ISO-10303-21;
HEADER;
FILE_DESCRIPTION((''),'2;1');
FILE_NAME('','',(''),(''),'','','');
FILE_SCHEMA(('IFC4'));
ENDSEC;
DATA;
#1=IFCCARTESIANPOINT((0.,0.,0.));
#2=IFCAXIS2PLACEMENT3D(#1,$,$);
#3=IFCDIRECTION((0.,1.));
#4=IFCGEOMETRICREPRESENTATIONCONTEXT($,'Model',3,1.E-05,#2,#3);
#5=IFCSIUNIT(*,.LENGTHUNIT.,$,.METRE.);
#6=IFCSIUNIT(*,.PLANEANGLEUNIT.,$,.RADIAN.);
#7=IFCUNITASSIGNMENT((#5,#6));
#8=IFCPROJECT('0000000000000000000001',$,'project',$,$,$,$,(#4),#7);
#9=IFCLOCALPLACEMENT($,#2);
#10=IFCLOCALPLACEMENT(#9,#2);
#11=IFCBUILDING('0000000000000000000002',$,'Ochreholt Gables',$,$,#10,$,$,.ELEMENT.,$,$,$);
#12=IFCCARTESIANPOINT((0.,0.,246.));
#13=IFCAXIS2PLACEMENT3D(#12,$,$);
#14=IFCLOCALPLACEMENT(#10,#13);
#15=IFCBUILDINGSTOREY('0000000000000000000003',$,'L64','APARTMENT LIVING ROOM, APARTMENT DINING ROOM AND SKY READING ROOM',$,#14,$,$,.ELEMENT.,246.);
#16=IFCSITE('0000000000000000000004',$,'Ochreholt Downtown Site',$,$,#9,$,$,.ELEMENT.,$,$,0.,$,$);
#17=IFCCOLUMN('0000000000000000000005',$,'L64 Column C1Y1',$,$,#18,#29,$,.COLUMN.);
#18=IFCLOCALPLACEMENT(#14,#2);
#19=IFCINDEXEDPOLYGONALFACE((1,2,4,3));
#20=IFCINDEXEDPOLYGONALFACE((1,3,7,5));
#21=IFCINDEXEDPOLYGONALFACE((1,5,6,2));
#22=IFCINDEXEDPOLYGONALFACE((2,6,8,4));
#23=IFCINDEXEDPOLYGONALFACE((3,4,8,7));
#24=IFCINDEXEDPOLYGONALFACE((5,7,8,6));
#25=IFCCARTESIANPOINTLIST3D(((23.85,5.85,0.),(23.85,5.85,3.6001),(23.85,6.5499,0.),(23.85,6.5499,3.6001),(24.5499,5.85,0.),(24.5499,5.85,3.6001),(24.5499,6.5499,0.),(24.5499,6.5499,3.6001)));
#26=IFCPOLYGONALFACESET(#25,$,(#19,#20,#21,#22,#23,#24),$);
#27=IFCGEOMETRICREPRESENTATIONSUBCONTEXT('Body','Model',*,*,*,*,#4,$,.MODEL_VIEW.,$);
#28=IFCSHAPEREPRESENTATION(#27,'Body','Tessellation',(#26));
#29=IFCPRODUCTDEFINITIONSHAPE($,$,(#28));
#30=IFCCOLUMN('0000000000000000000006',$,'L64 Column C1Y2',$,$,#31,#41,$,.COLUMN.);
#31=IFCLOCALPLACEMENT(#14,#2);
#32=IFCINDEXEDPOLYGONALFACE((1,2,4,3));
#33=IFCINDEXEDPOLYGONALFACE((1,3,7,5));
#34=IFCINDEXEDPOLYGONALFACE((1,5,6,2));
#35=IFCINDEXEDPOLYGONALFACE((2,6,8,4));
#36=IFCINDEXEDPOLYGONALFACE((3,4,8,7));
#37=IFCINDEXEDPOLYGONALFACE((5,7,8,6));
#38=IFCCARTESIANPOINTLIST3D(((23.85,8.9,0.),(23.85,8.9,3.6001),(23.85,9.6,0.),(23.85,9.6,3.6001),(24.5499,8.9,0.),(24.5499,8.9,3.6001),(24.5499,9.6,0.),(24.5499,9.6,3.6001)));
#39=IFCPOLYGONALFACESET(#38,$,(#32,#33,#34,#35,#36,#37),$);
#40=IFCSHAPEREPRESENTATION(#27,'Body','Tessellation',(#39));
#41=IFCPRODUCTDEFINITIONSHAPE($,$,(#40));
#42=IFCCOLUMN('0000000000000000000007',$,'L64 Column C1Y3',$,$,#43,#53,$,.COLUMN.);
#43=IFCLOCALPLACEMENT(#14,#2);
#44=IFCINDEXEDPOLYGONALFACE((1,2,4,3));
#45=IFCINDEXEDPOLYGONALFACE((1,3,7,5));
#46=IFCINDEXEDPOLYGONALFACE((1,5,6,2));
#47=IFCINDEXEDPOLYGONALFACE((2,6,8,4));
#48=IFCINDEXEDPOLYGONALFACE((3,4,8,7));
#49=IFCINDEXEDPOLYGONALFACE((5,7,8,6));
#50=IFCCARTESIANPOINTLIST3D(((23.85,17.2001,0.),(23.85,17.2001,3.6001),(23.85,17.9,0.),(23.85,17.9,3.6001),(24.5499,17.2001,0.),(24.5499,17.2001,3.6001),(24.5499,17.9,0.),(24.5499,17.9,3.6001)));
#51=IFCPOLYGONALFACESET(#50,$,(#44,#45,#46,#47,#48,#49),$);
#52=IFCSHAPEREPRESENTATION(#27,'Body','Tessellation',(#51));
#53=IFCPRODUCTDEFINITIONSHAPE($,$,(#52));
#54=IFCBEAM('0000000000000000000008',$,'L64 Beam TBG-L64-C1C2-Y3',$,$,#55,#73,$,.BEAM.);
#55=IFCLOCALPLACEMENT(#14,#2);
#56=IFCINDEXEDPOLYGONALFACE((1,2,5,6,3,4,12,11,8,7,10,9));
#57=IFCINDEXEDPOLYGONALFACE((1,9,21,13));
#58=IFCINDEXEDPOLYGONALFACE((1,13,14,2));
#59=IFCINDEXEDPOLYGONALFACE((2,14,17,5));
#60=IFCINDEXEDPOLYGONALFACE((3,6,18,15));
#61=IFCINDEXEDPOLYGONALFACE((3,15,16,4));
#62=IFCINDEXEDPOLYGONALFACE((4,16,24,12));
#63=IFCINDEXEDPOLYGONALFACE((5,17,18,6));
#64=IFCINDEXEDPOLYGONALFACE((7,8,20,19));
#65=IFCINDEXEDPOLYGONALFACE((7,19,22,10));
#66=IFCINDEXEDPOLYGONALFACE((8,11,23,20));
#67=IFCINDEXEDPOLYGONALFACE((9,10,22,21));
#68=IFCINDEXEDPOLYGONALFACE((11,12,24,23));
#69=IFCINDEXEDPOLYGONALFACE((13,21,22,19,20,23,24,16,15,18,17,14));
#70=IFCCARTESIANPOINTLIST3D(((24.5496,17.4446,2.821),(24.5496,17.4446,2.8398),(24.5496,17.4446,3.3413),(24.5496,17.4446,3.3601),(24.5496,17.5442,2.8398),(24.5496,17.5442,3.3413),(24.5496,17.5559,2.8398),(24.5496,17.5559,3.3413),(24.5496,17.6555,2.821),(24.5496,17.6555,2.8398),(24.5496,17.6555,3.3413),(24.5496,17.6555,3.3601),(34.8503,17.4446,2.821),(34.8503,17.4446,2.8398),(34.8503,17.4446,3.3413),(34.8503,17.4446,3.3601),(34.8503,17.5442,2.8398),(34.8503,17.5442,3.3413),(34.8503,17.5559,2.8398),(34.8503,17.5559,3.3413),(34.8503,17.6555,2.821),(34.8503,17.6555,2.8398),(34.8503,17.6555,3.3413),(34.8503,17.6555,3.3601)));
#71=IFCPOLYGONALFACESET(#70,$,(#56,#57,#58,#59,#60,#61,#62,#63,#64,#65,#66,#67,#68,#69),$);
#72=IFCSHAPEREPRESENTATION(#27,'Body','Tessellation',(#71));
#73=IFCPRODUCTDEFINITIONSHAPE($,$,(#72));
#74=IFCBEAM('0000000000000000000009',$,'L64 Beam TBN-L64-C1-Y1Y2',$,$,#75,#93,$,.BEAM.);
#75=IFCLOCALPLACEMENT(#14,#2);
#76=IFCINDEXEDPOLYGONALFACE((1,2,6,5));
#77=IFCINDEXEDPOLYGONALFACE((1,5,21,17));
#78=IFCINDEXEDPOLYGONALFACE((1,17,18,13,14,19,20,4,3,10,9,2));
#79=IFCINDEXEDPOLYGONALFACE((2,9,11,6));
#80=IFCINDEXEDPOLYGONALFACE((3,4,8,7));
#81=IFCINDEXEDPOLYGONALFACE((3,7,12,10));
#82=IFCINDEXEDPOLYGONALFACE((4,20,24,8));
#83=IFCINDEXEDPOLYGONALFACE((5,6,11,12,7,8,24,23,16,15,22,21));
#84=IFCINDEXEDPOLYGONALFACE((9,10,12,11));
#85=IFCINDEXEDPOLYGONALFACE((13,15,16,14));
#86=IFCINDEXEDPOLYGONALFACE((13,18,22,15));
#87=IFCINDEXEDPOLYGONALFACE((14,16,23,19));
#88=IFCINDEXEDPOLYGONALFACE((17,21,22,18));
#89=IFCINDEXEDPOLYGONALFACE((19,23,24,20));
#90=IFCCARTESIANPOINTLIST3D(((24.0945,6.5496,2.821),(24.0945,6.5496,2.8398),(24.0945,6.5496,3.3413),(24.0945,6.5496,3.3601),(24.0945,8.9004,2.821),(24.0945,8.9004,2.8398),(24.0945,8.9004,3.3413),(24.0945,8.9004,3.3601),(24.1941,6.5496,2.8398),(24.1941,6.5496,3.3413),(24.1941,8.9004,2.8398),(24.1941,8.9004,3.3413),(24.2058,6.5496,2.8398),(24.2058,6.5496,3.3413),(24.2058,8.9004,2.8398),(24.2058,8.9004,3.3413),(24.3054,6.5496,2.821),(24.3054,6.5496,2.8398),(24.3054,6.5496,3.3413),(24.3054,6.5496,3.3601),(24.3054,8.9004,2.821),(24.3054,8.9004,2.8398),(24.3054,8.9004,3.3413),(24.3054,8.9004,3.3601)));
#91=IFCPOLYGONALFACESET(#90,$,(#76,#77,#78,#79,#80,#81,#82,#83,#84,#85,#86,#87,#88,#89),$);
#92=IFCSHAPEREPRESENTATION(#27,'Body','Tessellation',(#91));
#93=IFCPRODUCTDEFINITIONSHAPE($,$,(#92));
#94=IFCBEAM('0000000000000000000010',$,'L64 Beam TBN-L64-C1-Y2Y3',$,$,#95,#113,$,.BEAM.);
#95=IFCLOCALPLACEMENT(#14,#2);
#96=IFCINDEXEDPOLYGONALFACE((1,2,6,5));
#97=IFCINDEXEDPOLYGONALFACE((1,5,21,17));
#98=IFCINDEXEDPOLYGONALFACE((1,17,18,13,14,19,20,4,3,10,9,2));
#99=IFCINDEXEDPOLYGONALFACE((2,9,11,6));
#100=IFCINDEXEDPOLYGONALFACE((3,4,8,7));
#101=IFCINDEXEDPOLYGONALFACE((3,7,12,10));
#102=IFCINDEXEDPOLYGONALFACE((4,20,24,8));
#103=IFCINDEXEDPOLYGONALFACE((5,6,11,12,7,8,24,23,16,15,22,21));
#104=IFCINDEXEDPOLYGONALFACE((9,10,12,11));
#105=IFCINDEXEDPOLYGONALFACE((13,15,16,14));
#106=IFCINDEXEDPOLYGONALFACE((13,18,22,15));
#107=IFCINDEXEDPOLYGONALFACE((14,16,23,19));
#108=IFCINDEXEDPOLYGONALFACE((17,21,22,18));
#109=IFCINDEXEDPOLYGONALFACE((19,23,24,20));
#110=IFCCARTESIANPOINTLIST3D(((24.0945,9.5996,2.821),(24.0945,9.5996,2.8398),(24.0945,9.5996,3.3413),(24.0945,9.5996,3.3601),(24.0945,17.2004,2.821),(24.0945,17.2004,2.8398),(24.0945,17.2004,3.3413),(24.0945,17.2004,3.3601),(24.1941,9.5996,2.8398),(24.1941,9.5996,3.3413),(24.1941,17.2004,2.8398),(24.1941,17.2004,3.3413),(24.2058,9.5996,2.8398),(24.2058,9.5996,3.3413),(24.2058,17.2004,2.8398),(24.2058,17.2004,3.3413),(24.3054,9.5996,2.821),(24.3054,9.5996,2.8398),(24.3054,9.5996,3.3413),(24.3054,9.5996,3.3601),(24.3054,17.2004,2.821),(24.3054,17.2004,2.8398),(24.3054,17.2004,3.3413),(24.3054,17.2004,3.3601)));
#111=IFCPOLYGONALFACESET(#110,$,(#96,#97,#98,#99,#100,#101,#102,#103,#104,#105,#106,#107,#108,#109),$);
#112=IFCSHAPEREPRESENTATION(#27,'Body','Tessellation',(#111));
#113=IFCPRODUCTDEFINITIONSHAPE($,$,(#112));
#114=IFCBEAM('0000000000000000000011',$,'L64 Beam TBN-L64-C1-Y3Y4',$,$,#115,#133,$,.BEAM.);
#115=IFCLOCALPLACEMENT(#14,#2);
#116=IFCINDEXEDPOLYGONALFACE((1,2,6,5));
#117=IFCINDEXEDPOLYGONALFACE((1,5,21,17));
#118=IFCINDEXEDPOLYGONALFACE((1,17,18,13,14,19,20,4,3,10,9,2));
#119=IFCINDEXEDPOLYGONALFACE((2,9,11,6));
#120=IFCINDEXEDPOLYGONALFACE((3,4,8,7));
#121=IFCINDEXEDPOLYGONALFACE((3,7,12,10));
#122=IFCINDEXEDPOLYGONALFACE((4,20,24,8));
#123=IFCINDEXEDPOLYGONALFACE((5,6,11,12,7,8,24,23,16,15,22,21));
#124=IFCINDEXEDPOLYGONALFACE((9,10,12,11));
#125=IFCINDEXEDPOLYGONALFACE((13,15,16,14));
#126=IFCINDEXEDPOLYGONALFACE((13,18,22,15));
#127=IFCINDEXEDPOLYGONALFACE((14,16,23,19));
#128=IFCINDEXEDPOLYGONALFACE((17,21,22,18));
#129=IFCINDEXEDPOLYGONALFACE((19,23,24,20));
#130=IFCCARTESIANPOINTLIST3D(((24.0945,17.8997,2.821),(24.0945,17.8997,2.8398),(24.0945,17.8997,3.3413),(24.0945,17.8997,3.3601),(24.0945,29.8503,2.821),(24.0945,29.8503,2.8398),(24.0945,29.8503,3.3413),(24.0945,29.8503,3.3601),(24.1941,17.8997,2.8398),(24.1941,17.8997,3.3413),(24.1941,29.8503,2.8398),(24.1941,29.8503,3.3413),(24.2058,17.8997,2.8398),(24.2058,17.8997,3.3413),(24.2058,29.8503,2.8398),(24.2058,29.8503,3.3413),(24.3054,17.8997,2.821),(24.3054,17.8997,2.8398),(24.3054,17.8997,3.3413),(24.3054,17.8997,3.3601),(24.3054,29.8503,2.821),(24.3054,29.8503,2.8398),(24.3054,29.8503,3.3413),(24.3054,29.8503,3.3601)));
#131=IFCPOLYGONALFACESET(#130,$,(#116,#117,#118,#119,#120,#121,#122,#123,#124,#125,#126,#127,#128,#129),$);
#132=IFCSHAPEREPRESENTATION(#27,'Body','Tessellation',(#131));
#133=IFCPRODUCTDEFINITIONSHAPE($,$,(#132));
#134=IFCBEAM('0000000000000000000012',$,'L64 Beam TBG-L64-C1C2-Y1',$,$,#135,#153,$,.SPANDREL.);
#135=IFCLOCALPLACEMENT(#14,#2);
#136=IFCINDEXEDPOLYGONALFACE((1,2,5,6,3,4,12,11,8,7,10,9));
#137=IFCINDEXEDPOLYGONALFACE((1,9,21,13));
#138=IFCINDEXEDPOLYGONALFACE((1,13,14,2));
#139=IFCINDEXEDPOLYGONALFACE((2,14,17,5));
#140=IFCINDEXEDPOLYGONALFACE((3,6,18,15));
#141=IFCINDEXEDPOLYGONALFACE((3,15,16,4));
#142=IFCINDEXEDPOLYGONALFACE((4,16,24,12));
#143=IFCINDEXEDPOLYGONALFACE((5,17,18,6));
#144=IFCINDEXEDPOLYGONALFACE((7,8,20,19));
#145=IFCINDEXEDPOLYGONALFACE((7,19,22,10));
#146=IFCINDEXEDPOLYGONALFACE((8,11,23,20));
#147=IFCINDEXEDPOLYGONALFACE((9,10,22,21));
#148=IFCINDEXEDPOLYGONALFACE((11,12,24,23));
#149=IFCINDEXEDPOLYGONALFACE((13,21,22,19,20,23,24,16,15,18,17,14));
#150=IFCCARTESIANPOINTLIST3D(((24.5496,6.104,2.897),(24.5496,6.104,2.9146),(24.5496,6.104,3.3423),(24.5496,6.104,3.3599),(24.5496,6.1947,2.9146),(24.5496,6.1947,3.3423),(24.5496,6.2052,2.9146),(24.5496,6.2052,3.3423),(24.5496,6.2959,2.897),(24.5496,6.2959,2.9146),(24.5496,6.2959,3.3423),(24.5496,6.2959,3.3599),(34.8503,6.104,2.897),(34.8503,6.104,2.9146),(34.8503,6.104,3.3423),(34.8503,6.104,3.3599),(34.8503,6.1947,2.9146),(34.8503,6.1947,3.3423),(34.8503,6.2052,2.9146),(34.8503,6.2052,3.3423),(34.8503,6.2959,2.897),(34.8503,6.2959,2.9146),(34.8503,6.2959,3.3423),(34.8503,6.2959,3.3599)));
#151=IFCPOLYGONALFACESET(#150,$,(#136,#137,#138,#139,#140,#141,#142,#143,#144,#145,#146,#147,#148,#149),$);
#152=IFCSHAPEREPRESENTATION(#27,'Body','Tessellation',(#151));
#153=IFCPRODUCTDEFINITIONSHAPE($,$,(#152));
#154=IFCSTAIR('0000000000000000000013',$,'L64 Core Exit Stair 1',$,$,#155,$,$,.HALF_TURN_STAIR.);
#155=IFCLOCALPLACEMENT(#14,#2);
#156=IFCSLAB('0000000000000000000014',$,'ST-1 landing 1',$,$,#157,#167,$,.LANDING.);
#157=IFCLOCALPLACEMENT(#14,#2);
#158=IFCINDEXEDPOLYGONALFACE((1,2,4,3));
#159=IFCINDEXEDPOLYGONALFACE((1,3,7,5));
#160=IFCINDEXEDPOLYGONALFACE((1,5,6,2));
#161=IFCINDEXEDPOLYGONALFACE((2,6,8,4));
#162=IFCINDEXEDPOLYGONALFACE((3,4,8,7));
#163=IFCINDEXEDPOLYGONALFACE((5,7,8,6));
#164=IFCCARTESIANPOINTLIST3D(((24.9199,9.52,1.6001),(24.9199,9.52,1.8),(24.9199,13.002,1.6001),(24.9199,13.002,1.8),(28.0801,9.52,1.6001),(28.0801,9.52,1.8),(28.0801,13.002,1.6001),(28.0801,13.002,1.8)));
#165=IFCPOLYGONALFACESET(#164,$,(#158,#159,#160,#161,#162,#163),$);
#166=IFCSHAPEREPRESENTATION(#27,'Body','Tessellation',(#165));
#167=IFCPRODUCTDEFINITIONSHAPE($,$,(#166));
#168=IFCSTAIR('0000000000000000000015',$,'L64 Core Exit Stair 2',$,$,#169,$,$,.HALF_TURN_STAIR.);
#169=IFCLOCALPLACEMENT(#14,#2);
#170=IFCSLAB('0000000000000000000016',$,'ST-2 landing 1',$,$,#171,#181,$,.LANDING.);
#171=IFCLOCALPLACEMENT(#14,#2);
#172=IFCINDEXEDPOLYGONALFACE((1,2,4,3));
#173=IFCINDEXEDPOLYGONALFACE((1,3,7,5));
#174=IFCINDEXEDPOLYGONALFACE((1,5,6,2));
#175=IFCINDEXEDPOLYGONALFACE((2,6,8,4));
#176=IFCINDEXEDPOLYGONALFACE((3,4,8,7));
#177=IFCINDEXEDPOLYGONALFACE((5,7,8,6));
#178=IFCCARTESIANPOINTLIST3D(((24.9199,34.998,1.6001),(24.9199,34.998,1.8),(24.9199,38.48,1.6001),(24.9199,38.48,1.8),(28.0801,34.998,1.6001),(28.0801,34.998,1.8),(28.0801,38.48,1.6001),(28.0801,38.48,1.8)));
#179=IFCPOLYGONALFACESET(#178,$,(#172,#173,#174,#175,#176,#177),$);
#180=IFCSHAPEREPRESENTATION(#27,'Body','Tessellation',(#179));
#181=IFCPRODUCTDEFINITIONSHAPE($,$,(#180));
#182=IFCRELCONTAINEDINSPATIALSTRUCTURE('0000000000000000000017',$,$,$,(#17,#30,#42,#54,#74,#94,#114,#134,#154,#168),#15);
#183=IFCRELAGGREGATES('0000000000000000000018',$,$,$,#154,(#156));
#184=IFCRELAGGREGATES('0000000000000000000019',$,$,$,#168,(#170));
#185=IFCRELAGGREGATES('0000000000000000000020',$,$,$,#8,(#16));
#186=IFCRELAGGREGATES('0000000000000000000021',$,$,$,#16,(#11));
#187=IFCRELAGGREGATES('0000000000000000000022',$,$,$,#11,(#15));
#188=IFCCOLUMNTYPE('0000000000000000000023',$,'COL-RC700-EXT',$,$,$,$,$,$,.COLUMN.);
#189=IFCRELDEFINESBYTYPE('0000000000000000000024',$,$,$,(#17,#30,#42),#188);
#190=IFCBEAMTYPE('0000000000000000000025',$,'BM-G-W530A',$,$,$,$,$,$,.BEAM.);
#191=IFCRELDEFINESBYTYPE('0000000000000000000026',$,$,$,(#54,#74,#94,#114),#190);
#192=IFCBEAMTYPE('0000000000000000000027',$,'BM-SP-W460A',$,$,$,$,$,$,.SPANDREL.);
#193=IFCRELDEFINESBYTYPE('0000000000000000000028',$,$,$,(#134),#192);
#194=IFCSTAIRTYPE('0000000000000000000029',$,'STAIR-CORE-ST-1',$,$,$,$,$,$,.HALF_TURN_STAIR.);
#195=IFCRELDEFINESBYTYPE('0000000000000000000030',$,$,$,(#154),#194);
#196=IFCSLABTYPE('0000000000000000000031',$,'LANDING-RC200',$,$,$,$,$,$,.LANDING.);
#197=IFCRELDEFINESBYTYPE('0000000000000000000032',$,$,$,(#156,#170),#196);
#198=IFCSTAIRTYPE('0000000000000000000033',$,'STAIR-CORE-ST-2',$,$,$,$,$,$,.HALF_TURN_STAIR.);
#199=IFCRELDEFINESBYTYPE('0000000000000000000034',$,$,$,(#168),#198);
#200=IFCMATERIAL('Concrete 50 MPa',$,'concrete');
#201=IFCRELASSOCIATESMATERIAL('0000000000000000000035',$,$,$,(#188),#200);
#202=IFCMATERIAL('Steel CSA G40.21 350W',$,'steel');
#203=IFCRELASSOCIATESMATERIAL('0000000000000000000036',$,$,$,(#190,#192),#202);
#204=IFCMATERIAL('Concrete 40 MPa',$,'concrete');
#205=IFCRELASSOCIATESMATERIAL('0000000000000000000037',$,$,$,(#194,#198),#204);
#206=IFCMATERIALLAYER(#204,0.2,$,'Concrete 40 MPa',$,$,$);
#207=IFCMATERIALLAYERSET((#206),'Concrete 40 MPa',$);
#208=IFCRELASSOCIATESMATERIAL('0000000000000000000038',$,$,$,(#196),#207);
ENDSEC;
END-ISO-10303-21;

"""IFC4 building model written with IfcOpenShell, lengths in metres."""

from ifc_helpers import new_model, si_unit, direction, frame, origin, origin_2d, place, context, subcontext, project, spatial, polyline, rectangle, i_section, outline, extrude, material, layer, layer_set, material_profile, profile_set, type_object, element, aggregate, save


model = new_model("IFC4")

# Units and contexts
model_context = context("Model", 3, precision=1e-05, world=origin(), true_north=direction((0.0, 1.0)))
body_context = subcontext(model_context, "Body", "Model", "MODEL_VIEW")
ifc_project = project(units=[si_unit("LENGTHUNIT", "METRE"), si_unit("PLANEANGLEUNIT", "RADIAN")], contexts=[model_context])

# Site, building, storey
site_placement = place(None, origin())
site = spatial("IfcSite", under=ifc_project, at=site_placement, Name="Ochreholt Downtown Site", CompositionType="ELEMENT", RefElevation=0.0)
building_placement = place(site_placement, origin())
building = spatial("IfcBuilding", under=site, at=building_placement, Name="Ochreholt Gables", CompositionType="ELEMENT")
storey_placement = place(building_placement, frame((0.0, 0.0, 246.0)))
storey = spatial("IfcBuildingStorey", under=building, at=storey_placement, Name="L64", Description="APARTMENT LIVING ROOM, APARTMENT DINING ROOM AND SKY READING ROOM", CompositionType="ELEMENT", Elevation=246.0)

# Columns
ifc_material_1 = material(Name="Concrete 50 MPa", Category="concrete")
ifc_material_profile_1 = material_profile(ifc_material_1, rectangle(XDim=0.7, YDim=0.7, at=origin_2d()), Name="RC700X700")
ifc_profile_set_1 = profile_set([ifc_material_profile_1], Name="Concrete 50 MPa")
column_type = type_object("IfcColumnType", Name="COL-RC700-EXT", PredefinedType="COLUMN", material=ifc_profile_set_1)
for number, where, z_axis, x_axis, name in (
    (1, (24.2, 6.2, 0.0), (0.0, 0.0, 1.0), (1.0, 0.0, 0.0), "L64 Column C1Y1"),
    (2, (24.2, 9.25, 0.0), (0.0, 0.0, 1.0), (1.0, 0.0, 0.0), "L64 Column C1Y2"),
    (3, (24.2, 17.55, 0.0), (0.0, 0.0, 1.0), (1.0, 0.0, 0.0), "L64 Column C1Y3"),
):
    element("IfcColumn", number, at=place(storey_placement, frame(where, z_axis=z_axis, x_axis=x_axis)), inside=storey, type_object=column_type, Name=name, PredefinedType="COLUMN", context=body_context, shape_type="SweptSolid", body=[
        extrude(rectangle(XDim=0.7, YDim=0.7, at=origin_2d()), origin(), (0.0, 0.0, 1.0), 3.6001),
    ])

# Beams
ifc_material_2 = material(Name="Steel CSA G40.21 350W", Category="steel")
ifc_material_profile_2 = material_profile(ifc_material_2, i_section(OverallWidth=0.2109, OverallDepth=0.5391, WebThickness=0.0117, FlangeThickness=0.0188, at=origin_2d()), Name="W530X109")
ifc_profile_set_2 = profile_set([ifc_material_profile_2], Name="Steel CSA G40.21 350W")
beam_type_1 = type_object("IfcBeamType", Name="BM-G-W530A", PredefinedType="BEAM", material=ifc_profile_set_2)
beam_1_placement = place(storey_placement, frame((24.5496, 17.55, 3.0906), z_axis=(1.0, 0.0, 0.0), x_axis=(0.0, 1.0, 0.0)))
element("IfcBeam", 4, at=beam_1_placement, inside=storey, type_object=beam_type_1, Name="L64 Beam TBG-L64-C1C2-Y3", PredefinedType="BEAM", context=body_context, shape_type="SweptSolid", body=[
    extrude(i_section(OverallWidth=0.2109, OverallDepth=0.5391, WebThickness=0.0117, FlangeThickness=0.0188, at=origin_2d()), origin(), (0.0, 0.0, 1.0), 10.3008),
])
beam_2_placement = place(storey_placement, frame((24.2, 6.5496, 3.0906), z_axis=(0.0, 1.0, 0.0), x_axis=(-1.0, 0.0, 0.0)))
element("IfcBeam", 5, at=beam_2_placement, inside=storey, type_object=beam_type_1, Name="L64 Beam TBN-L64-C1-Y1Y2", PredefinedType="BEAM", context=body_context, shape_type="SweptSolid", body=[
    extrude(i_section(OverallWidth=0.2109, OverallDepth=0.5391, WebThickness=0.0117, FlangeThickness=0.0188, at=origin_2d()), origin(), (0.0, 0.0, 1.0), 2.3508),
])
beam_3_placement = place(storey_placement, frame((24.2, 9.5996, 3.0906), z_axis=(0.0, 1.0, 0.0), x_axis=(-1.0, 0.0, 0.0)))
element("IfcBeam", 6, at=beam_3_placement, inside=storey, type_object=beam_type_1, Name="L64 Beam TBN-L64-C1-Y2Y3", PredefinedType="BEAM", context=body_context, shape_type="SweptSolid", body=[
    extrude(i_section(OverallWidth=0.2109, OverallDepth=0.5391, WebThickness=0.0117, FlangeThickness=0.0188, at=origin_2d()), origin(), (0.0, 0.0, 1.0), 7.6008),
])
beam_4_placement = place(storey_placement, frame((24.2, 17.8997, 3.0906), z_axis=(0.0, 1.0, 0.0), x_axis=(-1.0, 0.0, 0.0)))
element("IfcBeam", 7, at=beam_4_placement, inside=storey, type_object=beam_type_1, Name="L64 Beam TBN-L64-C1-Y3Y4", PredefinedType="BEAM", context=body_context, shape_type="SweptSolid", body=[
    extrude(i_section(OverallWidth=0.2109, OverallDepth=0.5391, WebThickness=0.0117, FlangeThickness=0.0188, at=origin_2d()), origin(), (0.0, 0.0, 1.0), 11.9507),
])
ifc_material_profile_3 = material_profile(ifc_material_2, i_section(OverallWidth=0.1919, OverallDepth=0.4629, WebThickness=0.0105, FlangeThickness=0.0176, at=origin_2d()), Name="W460X89")
ifc_profile_set_3 = profile_set([ifc_material_profile_3], Name="Steel CSA G40.21 350W")
beam_type_2 = type_object("IfcBeamType", Name="BM-SP-W460A", PredefinedType="SPANDREL", material=ifc_profile_set_3)
beam_5_placement = place(storey_placement, frame((24.5496, 6.2, 3.1284), z_axis=(1.0, 0.0, 0.0), x_axis=(0.0, 1.0, 0.0)))
element("IfcBeam", 8, at=beam_5_placement, inside=storey, type_object=beam_type_2, Name="L64 Beam TBG-L64-C1C2-Y1", PredefinedType="SPANDREL", context=body_context, shape_type="SweptSolid", body=[
    extrude(i_section(OverallWidth=0.1919, OverallDepth=0.4629, WebThickness=0.0105, FlangeThickness=0.0176, at=origin_2d()), origin(), (0.0, 0.0, 1.0), 10.3008),
])

# Stairs, slabs
ifc_material_3 = material(Name="Concrete 40 MPa", Category="concrete")
stair_type_1 = type_object("IfcStairType", Name="STAIR-CORE-ST-1", PredefinedType="HALF_TURN_STAIR", material=ifc_material_3)
stair_1_placement = place(storey_placement, origin())
stair_1 = element("IfcStair", 9, at=stair_1_placement, inside=storey, type_object=stair_type_1, Name="L64 Core Exit Stair 1", PredefinedType="HALF_TURN_STAIR")
ifc_layer_1 = layer(ifc_material_3, 0.2, Name="Concrete 40 MPa")
ifc_layer_set_1 = layer_set([ifc_layer_1], Name="Concrete 40 MPa")
slab_type_1 = type_object("IfcSlabType", Name="LANDING-RC200", PredefinedType="LANDING", material=ifc_layer_set_1)
slab_1_placement = place(storey_placement, frame((0.0, 0.0, 1.6001)))
slab_1 = element("IfcSlab", 10, at=slab_1_placement, type_object=slab_type_1, Name="ST-1 landing 1", PredefinedType="LANDING", context=body_context, shape_type="SweptSolid", body=[
    extrude(outline(polyline([(24.9199, 13.002), (24.9199, 9.52), (28.0801, 9.52), (28.0801, 13.002), (24.9199, 13.002)])), origin(), (0.0, 0.0, 1.0), 0.2),
])
aggregate(stair_1, [slab_1])
stair_type_2 = type_object("IfcStairType", Name="STAIR-CORE-ST-2", PredefinedType="HALF_TURN_STAIR", material=ifc_material_3)
stair_2_placement = place(storey_placement, origin())
stair_2 = element("IfcStair", 11, at=stair_2_placement, inside=storey, type_object=stair_type_2, Name="L64 Core Exit Stair 2", PredefinedType="HALF_TURN_STAIR")
slab_2_placement = place(storey_placement, frame((0.0, 0.0, 1.6001)))
slab_2 = element("IfcSlab", 12, at=slab_2_placement, type_object=slab_type_1, Name="ST-2 landing 1", PredefinedType="LANDING", context=body_context, shape_type="SweptSolid", body=[
    extrude(outline(polyline([(28.0801, 34.998), (28.0801, 38.48), (24.9199, 38.48), (24.9199, 34.998), (28.0801, 34.998)])), origin(), (0.0, 0.0, 1.0), 0.2),
])
aggregate(stair_2, [slab_2])

save(model, "model.ifc")
